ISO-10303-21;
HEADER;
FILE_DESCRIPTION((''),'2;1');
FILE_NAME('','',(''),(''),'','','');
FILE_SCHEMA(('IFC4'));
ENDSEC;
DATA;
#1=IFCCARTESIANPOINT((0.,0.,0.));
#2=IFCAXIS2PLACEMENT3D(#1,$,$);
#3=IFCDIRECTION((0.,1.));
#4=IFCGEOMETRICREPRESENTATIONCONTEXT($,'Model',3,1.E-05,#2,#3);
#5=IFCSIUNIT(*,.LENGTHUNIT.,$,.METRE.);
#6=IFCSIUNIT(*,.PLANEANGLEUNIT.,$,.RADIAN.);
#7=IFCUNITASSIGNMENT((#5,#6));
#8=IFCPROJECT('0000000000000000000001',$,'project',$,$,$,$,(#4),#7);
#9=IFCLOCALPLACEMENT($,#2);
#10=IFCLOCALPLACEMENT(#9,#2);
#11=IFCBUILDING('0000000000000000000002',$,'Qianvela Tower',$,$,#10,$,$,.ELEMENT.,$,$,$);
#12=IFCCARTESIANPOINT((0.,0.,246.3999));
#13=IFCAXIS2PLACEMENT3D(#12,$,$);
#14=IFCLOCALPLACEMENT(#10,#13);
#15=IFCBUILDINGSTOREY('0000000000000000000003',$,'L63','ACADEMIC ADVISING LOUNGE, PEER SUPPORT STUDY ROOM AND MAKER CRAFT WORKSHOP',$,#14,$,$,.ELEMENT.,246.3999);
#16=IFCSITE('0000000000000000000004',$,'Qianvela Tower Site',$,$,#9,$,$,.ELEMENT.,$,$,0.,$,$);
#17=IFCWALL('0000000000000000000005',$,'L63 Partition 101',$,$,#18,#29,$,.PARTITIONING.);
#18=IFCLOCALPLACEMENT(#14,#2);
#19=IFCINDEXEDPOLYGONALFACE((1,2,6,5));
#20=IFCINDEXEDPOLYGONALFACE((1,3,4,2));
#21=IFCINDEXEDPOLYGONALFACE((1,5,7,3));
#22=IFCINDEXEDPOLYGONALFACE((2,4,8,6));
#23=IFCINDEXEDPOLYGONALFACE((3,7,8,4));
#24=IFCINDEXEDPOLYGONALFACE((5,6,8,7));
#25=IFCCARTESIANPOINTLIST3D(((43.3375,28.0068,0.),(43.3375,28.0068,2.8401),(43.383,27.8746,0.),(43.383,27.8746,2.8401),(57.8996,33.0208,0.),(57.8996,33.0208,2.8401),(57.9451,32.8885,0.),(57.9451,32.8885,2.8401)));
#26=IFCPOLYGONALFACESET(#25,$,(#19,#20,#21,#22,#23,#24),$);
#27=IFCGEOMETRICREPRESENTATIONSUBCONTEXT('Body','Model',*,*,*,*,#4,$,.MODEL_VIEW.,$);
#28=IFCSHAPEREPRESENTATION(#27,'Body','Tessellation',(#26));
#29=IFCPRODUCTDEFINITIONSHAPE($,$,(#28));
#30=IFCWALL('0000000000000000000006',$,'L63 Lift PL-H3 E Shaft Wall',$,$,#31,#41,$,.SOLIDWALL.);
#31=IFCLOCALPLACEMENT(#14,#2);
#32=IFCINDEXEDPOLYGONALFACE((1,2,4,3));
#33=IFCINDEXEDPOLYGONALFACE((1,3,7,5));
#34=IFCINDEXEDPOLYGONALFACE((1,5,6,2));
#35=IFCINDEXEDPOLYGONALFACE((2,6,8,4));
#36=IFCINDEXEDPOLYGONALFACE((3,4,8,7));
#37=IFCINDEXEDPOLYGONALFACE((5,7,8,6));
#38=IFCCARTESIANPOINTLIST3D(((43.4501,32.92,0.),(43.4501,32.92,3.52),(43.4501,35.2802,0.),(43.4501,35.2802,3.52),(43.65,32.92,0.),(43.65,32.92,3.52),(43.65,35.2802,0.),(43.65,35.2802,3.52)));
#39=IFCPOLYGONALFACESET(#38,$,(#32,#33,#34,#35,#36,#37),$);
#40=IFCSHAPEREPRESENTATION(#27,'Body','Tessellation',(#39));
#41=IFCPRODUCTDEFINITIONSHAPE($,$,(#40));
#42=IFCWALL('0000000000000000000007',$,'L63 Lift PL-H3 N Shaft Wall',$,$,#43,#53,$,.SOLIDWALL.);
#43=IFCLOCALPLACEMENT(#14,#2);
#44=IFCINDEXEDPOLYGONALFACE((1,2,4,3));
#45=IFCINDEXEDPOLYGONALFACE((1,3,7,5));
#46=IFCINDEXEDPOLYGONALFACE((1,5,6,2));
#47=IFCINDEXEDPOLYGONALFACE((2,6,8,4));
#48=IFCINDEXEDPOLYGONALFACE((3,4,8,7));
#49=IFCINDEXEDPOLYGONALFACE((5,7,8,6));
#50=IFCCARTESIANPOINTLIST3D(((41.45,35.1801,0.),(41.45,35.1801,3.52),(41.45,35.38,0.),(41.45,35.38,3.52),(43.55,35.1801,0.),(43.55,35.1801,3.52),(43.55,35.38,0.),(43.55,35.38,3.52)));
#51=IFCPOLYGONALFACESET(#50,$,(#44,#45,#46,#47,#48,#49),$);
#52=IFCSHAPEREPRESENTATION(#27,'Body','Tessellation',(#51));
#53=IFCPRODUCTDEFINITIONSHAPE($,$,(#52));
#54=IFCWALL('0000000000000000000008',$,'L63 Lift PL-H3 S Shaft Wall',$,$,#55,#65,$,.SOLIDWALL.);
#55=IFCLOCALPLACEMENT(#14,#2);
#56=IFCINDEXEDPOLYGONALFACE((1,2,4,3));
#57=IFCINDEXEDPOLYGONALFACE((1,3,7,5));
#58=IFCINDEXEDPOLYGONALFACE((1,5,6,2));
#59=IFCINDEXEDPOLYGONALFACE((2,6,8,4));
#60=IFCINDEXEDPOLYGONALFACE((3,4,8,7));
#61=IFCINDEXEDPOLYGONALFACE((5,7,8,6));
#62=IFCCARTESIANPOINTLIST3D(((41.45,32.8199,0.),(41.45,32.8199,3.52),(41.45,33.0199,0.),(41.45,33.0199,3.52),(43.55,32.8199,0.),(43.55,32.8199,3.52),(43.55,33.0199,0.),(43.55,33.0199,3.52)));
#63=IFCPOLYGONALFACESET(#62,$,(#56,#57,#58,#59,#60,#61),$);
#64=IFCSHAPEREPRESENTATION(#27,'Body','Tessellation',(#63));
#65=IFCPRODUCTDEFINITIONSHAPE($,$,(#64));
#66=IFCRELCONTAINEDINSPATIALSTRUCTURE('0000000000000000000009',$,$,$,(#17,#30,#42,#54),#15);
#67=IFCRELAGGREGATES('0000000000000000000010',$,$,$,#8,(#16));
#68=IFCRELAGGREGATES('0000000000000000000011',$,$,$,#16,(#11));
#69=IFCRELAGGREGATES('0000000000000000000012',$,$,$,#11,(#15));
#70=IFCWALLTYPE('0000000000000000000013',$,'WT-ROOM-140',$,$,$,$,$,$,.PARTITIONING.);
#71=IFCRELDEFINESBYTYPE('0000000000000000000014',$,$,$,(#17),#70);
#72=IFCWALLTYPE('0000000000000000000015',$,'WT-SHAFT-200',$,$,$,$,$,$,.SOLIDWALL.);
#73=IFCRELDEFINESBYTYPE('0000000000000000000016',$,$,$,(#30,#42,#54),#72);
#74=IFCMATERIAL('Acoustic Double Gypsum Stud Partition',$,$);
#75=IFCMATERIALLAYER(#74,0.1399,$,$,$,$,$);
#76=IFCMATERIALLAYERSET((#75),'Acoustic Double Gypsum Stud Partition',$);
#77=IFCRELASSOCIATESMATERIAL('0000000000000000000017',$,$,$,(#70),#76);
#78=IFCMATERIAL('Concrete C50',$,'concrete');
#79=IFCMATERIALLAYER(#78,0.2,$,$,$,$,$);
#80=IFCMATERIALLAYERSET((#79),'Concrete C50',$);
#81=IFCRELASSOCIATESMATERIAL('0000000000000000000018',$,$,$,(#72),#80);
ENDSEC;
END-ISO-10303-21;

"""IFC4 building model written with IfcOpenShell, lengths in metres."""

from ifc_helpers import new_model, si_unit, direction, frame, frame_2d, origin, place, context, subcontext, project, spatial, rectangle, extrude, material, layer, layer_set, type_object, element, save


model = new_model("IFC4")

# Units and contexts
model_context = context("Model", 3, precision=1e-05, world=origin(), true_north=direction((0.0, 1.0)))
body_context = subcontext(model_context, "Body", "Model", "MODEL_VIEW")
ifc_project = project(units=[si_unit("LENGTHUNIT", "METRE"), si_unit("PLANEANGLEUNIT", "RADIAN")], contexts=[model_context])

# Site, building, storey
site_placement = place(None, origin())
site = spatial("IfcSite", under=ifc_project, at=site_placement, Name="Qianvela Tower Site", CompositionType="ELEMENT", RefElevation=0.0)
building_placement = place(site_placement, origin())
building = spatial("IfcBuilding", under=site, at=building_placement, Name="Qianvela Tower", CompositionType="ELEMENT")
storey_placement = place(building_placement, frame((0.0, 0.0, 246.3999)))
storey = spatial("IfcBuildingStorey", under=building, at=storey_placement, Name="L63", Description="ACADEMIC ADVISING LOUNGE, PEER SUPPORT STUDY ROOM AND MAKER CRAFT WORKSHOP", CompositionType="ELEMENT", Elevation=246.3999)

# Walls
ifc_material_1 = material(Name="Acoustic Double Gypsum Stud Partition")
ifc_layer_1 = layer(ifc_material_1, 0.1399)
ifc_layer_set_1 = layer_set([ifc_layer_1], Name="Acoustic Double Gypsum Stud Partition")
wall_type_1 = type_object("IfcWallType", Name="WT-ROOM-140", PredefinedType="PARTITIONING", material=ifc_layer_set_1)
wall_1_placement = place(storey_placement, frame((43.3601, 27.9407, 0.0), z_axis=(0.0, 0.0, 1.0), x_axis=(0.945522, 0.325557, 0.0)))
element("IfcWall", 1, at=wall_1_placement, inside=storey, type_object=wall_type_1, Name="L63 Partition 101", PredefinedType="PARTITIONING", context=body_context, shape_type="SweptSolid", body=[
    extrude(rectangle(XDim=15.4011, YDim=0.1399, at=frame_2d((7.7007, 0.0))), origin(), (0.0, 0.0, 1.0), 2.8401),
])
ifc_material_2 = material(Name="Concrete C50", Category="concrete")
ifc_layer_2 = layer(ifc_material_2, 0.2)
ifc_layer_set_2 = layer_set([ifc_layer_2], Name="Concrete C50")
wall_type_2 = type_object("IfcWallType", Name="WT-SHAFT-200", PredefinedType="SOLIDWALL", material=ifc_layer_set_2)
wall_2_placement = place(storey_placement, frame((43.55, 32.9199, 0.0), z_axis=(0.0, 0.0, 1.0), x_axis=(0.0, 1.0, 0.0)))
element("IfcWall", 2, at=wall_2_placement, inside=storey, type_object=wall_type_2, Name="L63 Lift PL-H3 E Shaft Wall", PredefinedType="SOLIDWALL", context=body_context, shape_type="SweptSolid", body=[
    extrude(rectangle(XDim=2.3601, YDim=0.2, at=frame_2d((1.1802, 0.0))), origin(), (0.0, 0.0, 1.0), 3.52),
])

# Walls
for number, where, z_axis, x_axis, name in (
    (3, (41.45, 35.28, 0.0), (0.0, 0.0, 1.0), (1.0, 0.0, 0.0), "L63 Lift PL-H3 N Shaft Wall"),
    (4, (41.45, 32.9199, 0.0), (0.0, 0.0, 1.0), (1.0, 0.0, 0.0), "L63 Lift PL-H3 S Shaft Wall"),
):
    element("IfcWall", number, at=place(storey_placement, frame(where, z_axis=z_axis, x_axis=x_axis)), inside=storey, type_object=wall_type_2, Name=name, PredefinedType="SOLIDWALL", context=body_context, shape_type="SweptSolid", body=[
        extrude(rectangle(XDim=2.1001, YDim=0.2, at=frame_2d((1.05, 0.0))), origin(), (0.0, 0.0, 1.0), 3.52),
    ])

save(model, "model.ifc")
